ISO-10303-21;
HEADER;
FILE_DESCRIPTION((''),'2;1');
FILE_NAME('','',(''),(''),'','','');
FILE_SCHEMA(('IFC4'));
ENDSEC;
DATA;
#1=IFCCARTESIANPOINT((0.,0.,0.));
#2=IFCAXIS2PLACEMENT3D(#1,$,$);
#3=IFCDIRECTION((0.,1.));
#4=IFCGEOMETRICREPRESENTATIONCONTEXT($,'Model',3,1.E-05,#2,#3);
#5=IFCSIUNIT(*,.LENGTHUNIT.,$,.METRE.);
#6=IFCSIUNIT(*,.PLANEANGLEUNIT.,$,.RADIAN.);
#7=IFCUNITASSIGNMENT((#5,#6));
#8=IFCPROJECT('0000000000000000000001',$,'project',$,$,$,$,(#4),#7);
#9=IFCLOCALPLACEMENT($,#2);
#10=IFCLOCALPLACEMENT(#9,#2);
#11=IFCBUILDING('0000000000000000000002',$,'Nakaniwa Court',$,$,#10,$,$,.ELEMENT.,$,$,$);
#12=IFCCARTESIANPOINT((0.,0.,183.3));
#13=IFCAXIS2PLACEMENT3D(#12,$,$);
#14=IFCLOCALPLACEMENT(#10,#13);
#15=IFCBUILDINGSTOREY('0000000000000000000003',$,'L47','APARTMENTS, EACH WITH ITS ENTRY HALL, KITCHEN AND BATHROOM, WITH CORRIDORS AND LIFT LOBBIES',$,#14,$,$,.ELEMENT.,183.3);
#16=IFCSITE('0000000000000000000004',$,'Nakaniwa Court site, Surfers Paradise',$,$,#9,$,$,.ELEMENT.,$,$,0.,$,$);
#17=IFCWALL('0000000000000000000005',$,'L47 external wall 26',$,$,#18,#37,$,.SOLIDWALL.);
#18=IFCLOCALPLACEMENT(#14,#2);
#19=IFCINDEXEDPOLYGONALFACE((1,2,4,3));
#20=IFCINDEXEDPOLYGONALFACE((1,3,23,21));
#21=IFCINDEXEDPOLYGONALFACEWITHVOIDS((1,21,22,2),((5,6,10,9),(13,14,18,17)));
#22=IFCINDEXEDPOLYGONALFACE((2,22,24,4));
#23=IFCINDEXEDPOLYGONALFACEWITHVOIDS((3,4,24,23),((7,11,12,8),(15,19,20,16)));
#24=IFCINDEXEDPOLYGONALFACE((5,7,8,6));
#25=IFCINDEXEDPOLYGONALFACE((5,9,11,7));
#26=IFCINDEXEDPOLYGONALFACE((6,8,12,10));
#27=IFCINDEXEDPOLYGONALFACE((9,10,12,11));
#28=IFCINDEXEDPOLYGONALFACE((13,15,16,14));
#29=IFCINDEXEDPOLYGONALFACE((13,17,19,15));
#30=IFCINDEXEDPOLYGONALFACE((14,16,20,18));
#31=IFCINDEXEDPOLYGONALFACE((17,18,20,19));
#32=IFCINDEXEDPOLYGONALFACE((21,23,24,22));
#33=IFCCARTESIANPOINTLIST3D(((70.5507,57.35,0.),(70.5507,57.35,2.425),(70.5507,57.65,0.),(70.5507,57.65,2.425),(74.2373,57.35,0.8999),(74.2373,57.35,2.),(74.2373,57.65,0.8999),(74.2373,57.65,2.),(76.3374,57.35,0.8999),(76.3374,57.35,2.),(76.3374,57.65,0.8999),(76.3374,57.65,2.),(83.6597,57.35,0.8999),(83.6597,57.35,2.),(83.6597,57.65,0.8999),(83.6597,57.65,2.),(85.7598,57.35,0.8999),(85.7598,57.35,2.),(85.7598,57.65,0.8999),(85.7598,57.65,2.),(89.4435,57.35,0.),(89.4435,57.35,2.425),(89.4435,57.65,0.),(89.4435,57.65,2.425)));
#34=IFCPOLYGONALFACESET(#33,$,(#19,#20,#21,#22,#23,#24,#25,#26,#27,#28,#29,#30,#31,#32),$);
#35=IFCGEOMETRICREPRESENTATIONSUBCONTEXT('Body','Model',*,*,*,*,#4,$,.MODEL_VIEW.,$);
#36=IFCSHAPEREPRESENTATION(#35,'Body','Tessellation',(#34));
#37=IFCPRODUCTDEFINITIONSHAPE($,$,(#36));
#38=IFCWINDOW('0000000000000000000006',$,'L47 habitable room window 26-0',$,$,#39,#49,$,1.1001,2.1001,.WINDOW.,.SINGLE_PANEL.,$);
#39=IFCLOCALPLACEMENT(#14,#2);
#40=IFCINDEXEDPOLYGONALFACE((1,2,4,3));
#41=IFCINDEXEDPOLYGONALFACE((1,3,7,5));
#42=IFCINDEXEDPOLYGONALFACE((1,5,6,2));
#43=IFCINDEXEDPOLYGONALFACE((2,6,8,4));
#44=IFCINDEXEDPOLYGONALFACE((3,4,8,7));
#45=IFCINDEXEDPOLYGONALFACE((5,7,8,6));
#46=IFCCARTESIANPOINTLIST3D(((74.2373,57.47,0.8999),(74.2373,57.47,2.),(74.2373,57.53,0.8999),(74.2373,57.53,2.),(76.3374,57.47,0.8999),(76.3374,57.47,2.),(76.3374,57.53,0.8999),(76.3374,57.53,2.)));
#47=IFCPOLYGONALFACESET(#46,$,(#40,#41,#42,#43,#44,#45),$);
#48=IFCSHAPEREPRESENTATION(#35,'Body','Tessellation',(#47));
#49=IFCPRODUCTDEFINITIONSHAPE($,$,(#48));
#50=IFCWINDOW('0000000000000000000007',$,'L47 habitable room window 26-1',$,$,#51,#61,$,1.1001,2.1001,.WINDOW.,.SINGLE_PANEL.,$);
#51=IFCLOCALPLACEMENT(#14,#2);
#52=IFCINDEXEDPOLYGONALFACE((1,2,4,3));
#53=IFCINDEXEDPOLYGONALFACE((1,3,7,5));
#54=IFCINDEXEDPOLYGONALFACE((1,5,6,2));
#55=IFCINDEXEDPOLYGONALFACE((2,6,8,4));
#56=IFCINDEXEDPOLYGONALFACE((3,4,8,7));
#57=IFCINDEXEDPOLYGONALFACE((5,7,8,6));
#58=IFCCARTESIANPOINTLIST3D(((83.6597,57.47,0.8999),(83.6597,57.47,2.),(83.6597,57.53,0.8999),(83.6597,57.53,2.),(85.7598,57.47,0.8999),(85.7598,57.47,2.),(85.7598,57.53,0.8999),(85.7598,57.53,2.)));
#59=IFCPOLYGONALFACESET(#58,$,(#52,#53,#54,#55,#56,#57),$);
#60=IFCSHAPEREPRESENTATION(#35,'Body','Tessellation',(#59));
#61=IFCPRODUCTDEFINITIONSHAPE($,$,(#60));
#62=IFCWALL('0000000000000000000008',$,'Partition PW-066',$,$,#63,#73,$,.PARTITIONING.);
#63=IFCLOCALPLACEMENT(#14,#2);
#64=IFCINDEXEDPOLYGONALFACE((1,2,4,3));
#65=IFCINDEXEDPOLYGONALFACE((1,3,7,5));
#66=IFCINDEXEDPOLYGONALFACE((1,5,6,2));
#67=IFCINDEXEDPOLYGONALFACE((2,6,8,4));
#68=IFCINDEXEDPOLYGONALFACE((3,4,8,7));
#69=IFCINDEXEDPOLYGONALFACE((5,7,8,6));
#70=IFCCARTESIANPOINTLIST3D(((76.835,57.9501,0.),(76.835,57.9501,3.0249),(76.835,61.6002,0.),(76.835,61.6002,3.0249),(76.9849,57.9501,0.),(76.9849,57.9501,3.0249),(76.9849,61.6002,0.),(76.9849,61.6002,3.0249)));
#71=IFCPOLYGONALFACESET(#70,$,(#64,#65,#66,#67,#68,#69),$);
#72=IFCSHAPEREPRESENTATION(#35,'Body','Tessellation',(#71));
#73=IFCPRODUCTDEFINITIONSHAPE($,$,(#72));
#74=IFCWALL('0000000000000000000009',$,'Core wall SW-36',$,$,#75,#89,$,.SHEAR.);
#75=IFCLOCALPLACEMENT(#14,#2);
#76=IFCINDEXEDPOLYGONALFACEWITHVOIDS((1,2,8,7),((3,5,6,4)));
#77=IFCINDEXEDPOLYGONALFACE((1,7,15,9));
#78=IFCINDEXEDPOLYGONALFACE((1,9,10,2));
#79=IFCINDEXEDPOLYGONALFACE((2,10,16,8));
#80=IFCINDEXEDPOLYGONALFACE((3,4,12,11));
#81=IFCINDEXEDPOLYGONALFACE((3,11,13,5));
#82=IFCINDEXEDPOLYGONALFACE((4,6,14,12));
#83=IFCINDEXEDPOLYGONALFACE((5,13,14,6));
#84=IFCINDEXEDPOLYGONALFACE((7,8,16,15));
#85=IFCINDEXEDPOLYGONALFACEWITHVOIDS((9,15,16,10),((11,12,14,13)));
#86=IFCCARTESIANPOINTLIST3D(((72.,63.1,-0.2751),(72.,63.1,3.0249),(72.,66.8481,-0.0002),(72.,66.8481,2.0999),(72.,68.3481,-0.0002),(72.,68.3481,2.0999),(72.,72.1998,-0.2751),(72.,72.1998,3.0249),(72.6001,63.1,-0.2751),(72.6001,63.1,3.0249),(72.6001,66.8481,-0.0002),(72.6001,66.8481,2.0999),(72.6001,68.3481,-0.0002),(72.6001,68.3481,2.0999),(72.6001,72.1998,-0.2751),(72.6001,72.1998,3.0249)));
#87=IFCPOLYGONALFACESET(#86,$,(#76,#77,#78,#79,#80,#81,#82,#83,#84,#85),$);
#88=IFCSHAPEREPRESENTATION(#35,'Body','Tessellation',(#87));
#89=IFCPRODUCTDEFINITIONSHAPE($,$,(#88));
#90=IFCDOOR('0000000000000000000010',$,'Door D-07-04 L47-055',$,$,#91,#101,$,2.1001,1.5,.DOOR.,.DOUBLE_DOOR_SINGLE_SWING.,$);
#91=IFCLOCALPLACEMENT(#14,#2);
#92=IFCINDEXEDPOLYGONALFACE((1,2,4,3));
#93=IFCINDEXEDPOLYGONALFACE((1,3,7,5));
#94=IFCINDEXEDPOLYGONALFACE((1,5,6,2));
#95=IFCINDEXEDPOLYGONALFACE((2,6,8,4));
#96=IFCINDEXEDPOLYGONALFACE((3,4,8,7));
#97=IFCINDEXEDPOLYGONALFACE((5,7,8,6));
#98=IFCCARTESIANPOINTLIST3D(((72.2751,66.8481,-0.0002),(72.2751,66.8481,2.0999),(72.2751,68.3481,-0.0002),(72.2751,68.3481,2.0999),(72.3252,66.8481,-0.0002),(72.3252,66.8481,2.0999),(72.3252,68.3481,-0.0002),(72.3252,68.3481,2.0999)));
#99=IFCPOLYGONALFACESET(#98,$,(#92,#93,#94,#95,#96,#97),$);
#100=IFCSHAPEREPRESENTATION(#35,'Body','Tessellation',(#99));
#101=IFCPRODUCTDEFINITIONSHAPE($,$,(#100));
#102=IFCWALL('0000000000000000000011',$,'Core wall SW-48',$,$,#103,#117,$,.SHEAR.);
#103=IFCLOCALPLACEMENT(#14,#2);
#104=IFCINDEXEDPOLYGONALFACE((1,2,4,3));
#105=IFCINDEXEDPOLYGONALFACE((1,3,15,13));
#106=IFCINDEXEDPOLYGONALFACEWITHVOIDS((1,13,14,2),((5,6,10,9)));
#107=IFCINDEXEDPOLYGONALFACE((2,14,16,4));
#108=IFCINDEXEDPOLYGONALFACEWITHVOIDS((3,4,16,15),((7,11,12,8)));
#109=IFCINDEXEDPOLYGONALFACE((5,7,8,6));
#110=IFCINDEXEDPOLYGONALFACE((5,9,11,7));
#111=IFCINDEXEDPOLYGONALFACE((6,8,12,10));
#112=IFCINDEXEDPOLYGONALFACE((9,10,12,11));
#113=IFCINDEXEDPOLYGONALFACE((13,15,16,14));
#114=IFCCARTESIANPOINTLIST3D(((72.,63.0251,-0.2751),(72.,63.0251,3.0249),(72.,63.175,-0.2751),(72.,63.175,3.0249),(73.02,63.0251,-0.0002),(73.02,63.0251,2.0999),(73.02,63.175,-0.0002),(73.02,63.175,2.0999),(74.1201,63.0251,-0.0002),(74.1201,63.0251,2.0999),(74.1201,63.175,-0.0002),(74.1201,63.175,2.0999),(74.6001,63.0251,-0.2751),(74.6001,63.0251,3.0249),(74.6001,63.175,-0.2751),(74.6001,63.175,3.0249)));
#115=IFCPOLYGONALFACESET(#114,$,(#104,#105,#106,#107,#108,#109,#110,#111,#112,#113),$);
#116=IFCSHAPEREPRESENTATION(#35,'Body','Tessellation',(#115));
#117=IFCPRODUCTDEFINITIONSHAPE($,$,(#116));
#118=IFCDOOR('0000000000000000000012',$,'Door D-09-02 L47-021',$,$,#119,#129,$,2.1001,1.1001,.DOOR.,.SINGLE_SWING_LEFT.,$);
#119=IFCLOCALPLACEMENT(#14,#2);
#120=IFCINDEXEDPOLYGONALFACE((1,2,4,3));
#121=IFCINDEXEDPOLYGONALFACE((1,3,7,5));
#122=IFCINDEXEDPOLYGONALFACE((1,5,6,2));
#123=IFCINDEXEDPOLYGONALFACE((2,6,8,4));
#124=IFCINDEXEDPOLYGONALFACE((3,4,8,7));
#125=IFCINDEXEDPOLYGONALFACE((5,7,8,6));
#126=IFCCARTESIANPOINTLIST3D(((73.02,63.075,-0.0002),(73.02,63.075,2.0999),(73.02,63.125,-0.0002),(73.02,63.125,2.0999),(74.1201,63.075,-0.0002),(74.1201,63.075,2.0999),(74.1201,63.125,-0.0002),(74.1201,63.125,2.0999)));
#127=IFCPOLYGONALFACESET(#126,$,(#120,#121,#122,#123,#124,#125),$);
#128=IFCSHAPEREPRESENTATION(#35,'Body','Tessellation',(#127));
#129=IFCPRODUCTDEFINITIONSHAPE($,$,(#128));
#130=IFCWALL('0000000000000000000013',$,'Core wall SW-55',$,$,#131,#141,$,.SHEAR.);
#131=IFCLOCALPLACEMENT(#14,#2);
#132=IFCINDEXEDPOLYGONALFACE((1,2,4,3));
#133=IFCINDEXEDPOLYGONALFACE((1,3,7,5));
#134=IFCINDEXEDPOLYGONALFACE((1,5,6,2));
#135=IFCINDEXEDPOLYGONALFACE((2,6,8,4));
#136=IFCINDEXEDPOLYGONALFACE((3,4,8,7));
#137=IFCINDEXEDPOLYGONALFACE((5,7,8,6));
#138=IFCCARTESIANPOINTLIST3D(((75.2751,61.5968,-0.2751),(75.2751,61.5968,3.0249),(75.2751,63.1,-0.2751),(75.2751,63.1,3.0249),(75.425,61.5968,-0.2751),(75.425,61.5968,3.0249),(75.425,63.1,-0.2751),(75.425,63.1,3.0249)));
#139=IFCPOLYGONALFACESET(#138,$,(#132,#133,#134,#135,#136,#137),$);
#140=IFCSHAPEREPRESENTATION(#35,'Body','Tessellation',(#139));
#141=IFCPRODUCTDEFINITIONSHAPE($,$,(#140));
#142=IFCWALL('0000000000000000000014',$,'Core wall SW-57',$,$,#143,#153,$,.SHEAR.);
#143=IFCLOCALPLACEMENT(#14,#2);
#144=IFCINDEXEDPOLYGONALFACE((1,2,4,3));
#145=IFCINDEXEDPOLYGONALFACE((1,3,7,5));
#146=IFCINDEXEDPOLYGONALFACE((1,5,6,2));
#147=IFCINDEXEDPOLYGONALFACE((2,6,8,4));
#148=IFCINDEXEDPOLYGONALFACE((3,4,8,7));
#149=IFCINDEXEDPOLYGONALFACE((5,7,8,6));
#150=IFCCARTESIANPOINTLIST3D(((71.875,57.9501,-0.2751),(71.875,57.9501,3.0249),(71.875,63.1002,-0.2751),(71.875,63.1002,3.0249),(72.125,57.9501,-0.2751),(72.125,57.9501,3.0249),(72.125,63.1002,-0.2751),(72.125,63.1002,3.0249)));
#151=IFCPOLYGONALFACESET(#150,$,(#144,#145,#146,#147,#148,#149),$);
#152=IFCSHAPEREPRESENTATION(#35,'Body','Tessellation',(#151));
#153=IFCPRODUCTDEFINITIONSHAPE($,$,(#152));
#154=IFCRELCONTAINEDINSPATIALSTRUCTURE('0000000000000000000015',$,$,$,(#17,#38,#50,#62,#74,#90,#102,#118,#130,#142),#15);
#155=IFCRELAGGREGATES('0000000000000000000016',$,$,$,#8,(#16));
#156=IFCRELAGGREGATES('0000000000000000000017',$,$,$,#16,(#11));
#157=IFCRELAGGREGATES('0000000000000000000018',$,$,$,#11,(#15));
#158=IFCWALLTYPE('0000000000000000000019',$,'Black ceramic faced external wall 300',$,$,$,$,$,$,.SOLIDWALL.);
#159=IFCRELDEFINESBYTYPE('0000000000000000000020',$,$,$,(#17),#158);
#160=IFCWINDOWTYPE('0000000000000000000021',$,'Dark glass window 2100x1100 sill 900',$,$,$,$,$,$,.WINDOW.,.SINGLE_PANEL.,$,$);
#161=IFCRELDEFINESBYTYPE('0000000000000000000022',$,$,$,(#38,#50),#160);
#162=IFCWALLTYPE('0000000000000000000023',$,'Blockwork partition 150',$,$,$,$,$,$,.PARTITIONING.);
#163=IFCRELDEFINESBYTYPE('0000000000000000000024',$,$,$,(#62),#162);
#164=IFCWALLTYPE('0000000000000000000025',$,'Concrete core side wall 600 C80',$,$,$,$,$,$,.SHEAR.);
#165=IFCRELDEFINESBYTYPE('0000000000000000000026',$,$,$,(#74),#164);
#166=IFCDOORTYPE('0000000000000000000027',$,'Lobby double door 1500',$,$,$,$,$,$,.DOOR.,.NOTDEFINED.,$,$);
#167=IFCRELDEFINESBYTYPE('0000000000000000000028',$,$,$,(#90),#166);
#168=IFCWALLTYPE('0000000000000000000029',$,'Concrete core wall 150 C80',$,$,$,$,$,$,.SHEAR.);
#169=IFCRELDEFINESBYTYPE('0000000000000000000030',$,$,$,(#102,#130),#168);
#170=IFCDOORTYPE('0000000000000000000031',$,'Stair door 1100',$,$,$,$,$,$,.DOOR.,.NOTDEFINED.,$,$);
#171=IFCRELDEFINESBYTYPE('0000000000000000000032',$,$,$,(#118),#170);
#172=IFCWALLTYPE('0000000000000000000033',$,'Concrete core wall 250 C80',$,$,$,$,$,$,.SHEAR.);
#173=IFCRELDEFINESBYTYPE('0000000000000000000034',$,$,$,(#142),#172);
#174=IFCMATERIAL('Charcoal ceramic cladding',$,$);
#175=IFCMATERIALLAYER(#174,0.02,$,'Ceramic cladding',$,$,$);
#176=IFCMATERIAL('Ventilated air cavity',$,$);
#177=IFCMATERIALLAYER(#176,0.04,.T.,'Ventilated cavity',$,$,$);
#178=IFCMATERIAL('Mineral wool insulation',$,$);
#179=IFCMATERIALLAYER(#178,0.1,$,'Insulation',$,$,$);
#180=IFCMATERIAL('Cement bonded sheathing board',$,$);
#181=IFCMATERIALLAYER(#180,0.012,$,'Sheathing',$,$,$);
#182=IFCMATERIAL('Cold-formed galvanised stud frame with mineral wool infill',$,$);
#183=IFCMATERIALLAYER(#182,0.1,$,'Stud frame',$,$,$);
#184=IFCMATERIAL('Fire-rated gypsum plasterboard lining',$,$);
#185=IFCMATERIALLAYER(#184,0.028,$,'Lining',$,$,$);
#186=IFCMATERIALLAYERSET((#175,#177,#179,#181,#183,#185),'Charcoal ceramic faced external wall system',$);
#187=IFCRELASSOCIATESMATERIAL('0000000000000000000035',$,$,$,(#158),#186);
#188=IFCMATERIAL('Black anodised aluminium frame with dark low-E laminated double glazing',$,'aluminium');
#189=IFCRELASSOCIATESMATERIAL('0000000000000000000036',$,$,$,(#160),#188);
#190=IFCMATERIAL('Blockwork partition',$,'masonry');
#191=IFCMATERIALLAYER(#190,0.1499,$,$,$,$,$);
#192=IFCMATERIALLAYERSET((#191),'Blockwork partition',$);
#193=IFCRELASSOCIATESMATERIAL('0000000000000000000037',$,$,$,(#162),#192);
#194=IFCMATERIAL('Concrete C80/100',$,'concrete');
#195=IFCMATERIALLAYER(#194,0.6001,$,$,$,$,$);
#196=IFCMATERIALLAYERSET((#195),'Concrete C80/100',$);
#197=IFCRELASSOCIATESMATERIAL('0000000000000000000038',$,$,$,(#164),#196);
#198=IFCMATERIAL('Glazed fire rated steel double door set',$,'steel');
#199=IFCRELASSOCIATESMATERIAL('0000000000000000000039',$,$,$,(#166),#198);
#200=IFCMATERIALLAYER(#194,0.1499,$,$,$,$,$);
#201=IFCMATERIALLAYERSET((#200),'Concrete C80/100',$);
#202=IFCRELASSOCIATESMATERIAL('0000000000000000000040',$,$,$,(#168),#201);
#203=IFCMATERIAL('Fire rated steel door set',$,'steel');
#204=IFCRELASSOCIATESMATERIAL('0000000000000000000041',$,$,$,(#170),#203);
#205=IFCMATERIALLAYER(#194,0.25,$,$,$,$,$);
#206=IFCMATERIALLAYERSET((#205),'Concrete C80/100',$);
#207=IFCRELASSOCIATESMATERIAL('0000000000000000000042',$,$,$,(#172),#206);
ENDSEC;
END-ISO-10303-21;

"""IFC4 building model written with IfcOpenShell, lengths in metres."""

from ifc_helpers import new_model, si_unit, direction, frame, frame_2d, origin, place, context, subcontext, project, spatial, rectangle, extrude, material, layer, layer_set, type_object, element, fill, save


model = new_model("IFC4")

# Units and contexts
model_context = context("Model", 3, precision=1e-05, world=origin(), true_north=direction((0.0, 1.0)))
body_context = subcontext(model_context, "Body", "Model", "MODEL_VIEW")
ifc_project = project(units=[si_unit("LENGTHUNIT", "METRE"), si_unit("PLANEANGLEUNIT", "RADIAN")], contexts=[model_context])

# Site, building, storey
site_placement = place(None, origin())
site = spatial("IfcSite", under=ifc_project, at=site_placement, Name="Nakaniwa Court site, Surfers Paradise", CompositionType="ELEMENT", RefElevation=0.0)
building_placement = place(site_placement, origin())
building = spatial("IfcBuilding", under=site, at=building_placement, Name="Nakaniwa Court", CompositionType="ELEMENT")
storey_placement = place(building_placement, frame((0.0, 0.0, 183.3)))
storey = spatial("IfcBuildingStorey", under=building, at=storey_placement, Name="L47", Description="APARTMENTS, EACH WITH ITS ENTRY HALL, KITCHEN AND BATHROOM, WITH CORRIDORS AND LIFT LOBBIES", CompositionType="ELEMENT", Elevation=183.3)

# Wall, openings, windows
ifc_material_1 = material(Name="Charcoal ceramic cladding")
ifc_layer_1 = layer(ifc_material_1, 0.02, Name="Ceramic cladding")
ifc_material_2 = material(Name="Ventilated air cavity")
ifc_layer_2 = layer(ifc_material_2, 0.04, ventilated=True, Name="Ventilated cavity")
ifc_material_3 = material(Name="Mineral wool insulation")
ifc_layer_3 = layer(ifc_material_3, 0.1, Name="Insulation")
ifc_material_4 = material(Name="Cement bonded sheathing board")
ifc_layer_4 = layer(ifc_material_4, 0.012, Name="Sheathing")
ifc_material_5 = material(Name="Cold-formed galvanised stud frame with mineral wool infill")
ifc_layer_5 = layer(ifc_material_5, 0.1, Name="Stud frame")
ifc_material_6 = material(Name="Fire-rated gypsum plasterboard lining")
ifc_layer_6 = layer(ifc_material_6, 0.028, Name="Lining")
ifc_layer_set_1 = layer_set([ifc_layer_1, ifc_layer_2, ifc_layer_3, ifc_layer_4, ifc_layer_5, ifc_layer_6], Name="Charcoal ceramic faced external wall system")
wall_type_1 = type_object("IfcWallType", Name="Black ceramic faced external wall 300", PredefinedType="SOLIDWALL", material=ifc_layer_set_1)
wall_1_placement = place(storey_placement, frame((70.5508, 57.5, 0.0), z_axis=(0.0, 0.0, 1.0), x_axis=(1.0, 0.0, 0.0)))
wall_1 = element("IfcWall", 1, at=wall_1_placement, inside=storey, type_object=wall_type_1, Name="L47 external wall 26", PredefinedType="SOLIDWALL", context=body_context, shape_type="SweptSolid", body=[
    extrude(rectangle(XDim=18.8928, YDim=0.3, at=frame_2d((9.4463, 0.0))), origin(), (0.0, 0.0, 1.0), 2.425),
])
opening_1_placement = place(wall_1_placement, frame((3.6865, 0.0, 0.8999)))
opening_1 = element("IfcOpeningElement", 2, at=opening_1_placement, cuts=wall_1, PredefinedType="OPENING", context=body_context, shape_type="SweptSolid", body=[
    extrude(rectangle(XDim=2.1001, YDim=1.1001, at=frame_2d((1.05, 0.55))), frame((0.0, 0.1599, 0.0), z_axis=(0.0, -1.0, 0.0), x_axis=(1.0, 0.0, 0.0)), (0.0, 0.0, 1.0), 0.3201),
])
opening_2_placement = place(wall_1_placement, frame((13.1089, 0.0, 0.8999)))
opening_2 = element("IfcOpeningElement", 3, at=opening_2_placement, cuts=wall_1, PredefinedType="OPENING", context=body_context, shape_type="SweptSolid", body=[
    extrude(rectangle(XDim=2.1001, YDim=1.1001, at=frame_2d((1.05, 0.55))), frame((0.0, 0.1599, 0.0), z_axis=(0.0, -1.0, 0.0), x_axis=(1.0, 0.0, 0.0)), (0.0, 0.0, 1.0), 0.3201),
])
ifc_material_7 = material(Name="Black anodised aluminium frame with dark low-E laminated double glazing", Category="aluminium")
window_type = type_object("IfcWindowType", Name="Dark glass window 2100x1100 sill 900", PartitioningType="SINGLE_PANEL", PredefinedType="WINDOW", material=ifc_material_7)
window_1_placement = place(opening_1_placement, origin())
window_1 = element("IfcWindow", 4, at=window_1_placement, inside=storey, type_object=window_type, Name="L47 habitable room window 26-0", OverallHeight=1.1001, OverallWidth=2.1001, PartitioningType="SINGLE_PANEL", PredefinedType="WINDOW", context=body_context, shape_type="SweptSolid", body=[
    extrude(rectangle(XDim=2.1001, YDim=1.1001, at=frame_2d((1.05, 0.55))), frame((0.0, 0.03, 0.0), z_axis=(0.0, -1.0, 0.0), x_axis=(1.0, 0.0, 0.0)), (0.0, 0.0, 1.0), 0.0601),
])
fill(opening_1, window_1)
window_2_placement = place(opening_2_placement, origin())
window_2 = element("IfcWindow", 5, at=window_2_placement, inside=storey, type_object=window_type, Name="L47 habitable room window 26-1", OverallHeight=1.1001, OverallWidth=2.1001, PartitioningType="SINGLE_PANEL", PredefinedType="WINDOW", context=body_context, shape_type="SweptSolid", body=[
    extrude(rectangle(XDim=2.1001, YDim=1.1001, at=frame_2d((1.05, 0.55))), frame((0.0, 0.03, 0.0), z_axis=(0.0, -1.0, 0.0), x_axis=(1.0, 0.0, 0.0)), (0.0, 0.0, 1.0), 0.0601),
])
fill(opening_2, window_2)

# Wall
ifc_material_8 = material(Name="Blockwork partition", Category="masonry")
ifc_layer_7 = layer(ifc_material_8, 0.1499)
ifc_layer_set_2 = layer_set([ifc_layer_7], Name="Blockwork partition")
wall_type_2 = type_object("IfcWallType", Name="Blockwork partition 150", PredefinedType="PARTITIONING", material=ifc_layer_set_2)
wall_2_placement = place(storey_placement, frame((76.9099, 57.95, 0.0), z_axis=(0.0, 0.0, 1.0), x_axis=(0.0, 1.0, 0.0)))
element("IfcWall", 6, at=wall_2_placement, inside=storey, type_object=wall_type_2, Name="Partition PW-066", PredefinedType="PARTITIONING", context=body_context, shape_type="SweptSolid", body=[
    extrude(rectangle(XDim=3.6501, YDim=0.1499, at=frame_2d((1.8252, 0.0))), origin(), (0.0, 0.0, 1.0), 3.0249),
])

# Walls, openings, doors
ifc_material_9 = material(Name="Concrete C80/100", Category="concrete")
ifc_layer_8 = layer(ifc_material_9, 0.6001)
ifc_layer_set_3 = layer_set([ifc_layer_8], Name="Concrete C80/100")
wall_type_3 = type_object("IfcWallType", Name="Concrete core side wall 600 C80", PredefinedType="SHEAR", material=ifc_layer_set_3)
wall_3_placement = place(storey_placement, frame((72.3, 63.1001, -0.2751), z_axis=(0.0, 0.0, 1.0), x_axis=(0.0, 1.0, 0.0)))
wall_3 = element("IfcWall", 7, at=wall_3_placement, inside=storey, type_object=wall_type_3, Name="Core wall SW-36", PredefinedType="SHEAR", context=body_context, shape_type="SweptSolid", body=[
    extrude(rectangle(XDim=9.0999, YDim=0.6001, at=frame_2d((4.5498, 0.0))), origin(), (0.0, 0.0, 1.0), 3.3),
])
opening_3_placement = place(wall_3_placement, frame((3.748, 0.0, 0.2749)))
opening_3 = element("IfcOpeningElement", 8, at=opening_3_placement, cuts=wall_3, PredefinedType="OPENING", context=body_context, shape_type="SweptSolid", body=[
    extrude(rectangle(XDim=1.5, YDim=2.1001, at=frame_2d((0.75, 1.05))), frame((0.0, 0.3101, 0.0), z_axis=(0.0, -1.0, 0.0), x_axis=(1.0, 0.0, 0.0)), (0.0, 0.0, 1.0), 0.6201),
])
ifc_material_10 = material(Name="Glazed fire rated steel double door set", Category="steel")
door_type_1 = type_object("IfcDoorType", Name="Lobby double door 1500", OperationType="NOTDEFINED", PredefinedType="DOOR", material=ifc_material_10)
door_1_placement = place(opening_3_placement, origin())
door_1 = element("IfcDoor", 9, at=door_1_placement, inside=storey, type_object=door_type_1, Name="Door D-07-04 L47-055", OperationType="DOUBLE_DOOR_SINGLE_SWING", OverallHeight=2.1001, OverallWidth=1.5, PredefinedType="DOOR", context=body_context, shape_type="SweptSolid", body=[
    extrude(rectangle(XDim=1.5, YDim=2.1001, at=frame_2d((0.75, 1.05))), frame((0.0, 0.0249, 0.0), z_axis=(0.0, -1.0, 0.0), x_axis=(1.0, 0.0, 0.0)), (0.0, 0.0, 1.0), 0.05),
])
fill(opening_3, door_1)
ifc_layer_9 = layer(ifc_material_9, 0.1499)
ifc_layer_set_4 = layer_set([ifc_layer_9], Name="Concrete C80/100")
wall_type_4 = type_object("IfcWallType", Name="Concrete core wall 150 C80", PredefinedType="SHEAR", material=ifc_layer_set_4)
wall_4_placement = place(storey_placement, frame((72.0, 63.1001, -0.2751), z_axis=(0.0, 0.0, 1.0), x_axis=(1.0, 0.0, 0.0)))
wall_4 = element("IfcWall", 10, at=wall_4_placement, inside=storey, type_object=wall_type_4, Name="Core wall SW-48", PredefinedType="SHEAR", context=body_context, shape_type="SweptSolid", body=[
    extrude(rectangle(XDim=2.6001, YDim=0.1499, at=frame_2d((1.3, 0.0))), origin(), (0.0, 0.0, 1.0), 3.3),
])
opening_4_placement = place(wall_4_placement, frame((1.02, 0.0, 0.2749)))
opening_4 = element("IfcOpeningElement", 11, at=opening_4_placement, cuts=wall_4, PredefinedType="OPENING", context=body_context, shape_type="SweptSolid", body=[
    extrude(rectangle(XDim=1.1001, YDim=2.1001, at=frame_2d((0.55, 1.05))), frame((0.0, 0.085, 0.0), z_axis=(0.0, -1.0, 0.0), x_axis=(1.0, 0.0, 0.0)), (0.0, 0.0, 1.0), 0.1699),
])
ifc_material_11 = material(Name="Fire rated steel door set", Category="steel")
door_type_2 = type_object("IfcDoorType", Name="Stair door 1100", OperationType="NOTDEFINED", PredefinedType="DOOR", material=ifc_material_11)
door_2_placement = place(opening_4_placement, origin())
door_2 = element("IfcDoor", 12, at=door_2_placement, inside=storey, type_object=door_type_2, Name="Door D-09-02 L47-021", OperationType="SINGLE_SWING_LEFT", OverallHeight=2.1001, OverallWidth=1.1001, PredefinedType="DOOR", context=body_context, shape_type="SweptSolid", body=[
    extrude(rectangle(XDim=1.1001, YDim=2.1001, at=frame_2d((0.55, 1.05))), frame((0.0, 0.0249, 0.0), z_axis=(0.0, -1.0, 0.0), x_axis=(1.0, 0.0, 0.0)), (0.0, 0.0, 1.0), 0.05),
])
fill(opening_4, door_2)

# Walls
wall_5_placement = place(storey_placement, frame((75.3501, 61.5969, -0.2751), z_axis=(0.0, 0.0, 1.0), x_axis=(0.0, 1.0, 0.0)))
element("IfcWall", 13, at=wall_5_placement, inside=storey, type_object=wall_type_4, Name="Core wall SW-55", PredefinedType="SHEAR", context=body_context, shape_type="SweptSolid", body=[
    extrude(rectangle(XDim=1.5032, YDim=0.1499, at=frame_2d((0.7515, 0.0))), origin(), (0.0, 0.0, 1.0), 3.3),
])
ifc_layer_10 = layer(ifc_material_9, 0.25)
ifc_layer_set_5 = layer_set([ifc_layer_10], Name="Concrete C80/100")
wall_type_5 = type_object("IfcWallType", Name="Concrete core wall 250 C80", PredefinedType="SHEAR", material=ifc_layer_set_5)
wall_6_placement = place(storey_placement, frame((72.0, 57.95, -0.2751), z_axis=(0.0, 0.0, 1.0), x_axis=(0.0, 1.0, 0.0)))
element("IfcWall", 14, at=wall_6_placement, inside=storey, type_object=wall_type_5, Name="Core wall SW-57", PredefinedType="SHEAR", context=body_context, shape_type="SweptSolid", body=[
    extrude(rectangle(XDim=5.1501, YDim=0.25, at=frame_2d((2.5752, 0.0))), origin(), (0.0, 0.0, 1.0), 3.3),
])

save(model, "model.ifc")
